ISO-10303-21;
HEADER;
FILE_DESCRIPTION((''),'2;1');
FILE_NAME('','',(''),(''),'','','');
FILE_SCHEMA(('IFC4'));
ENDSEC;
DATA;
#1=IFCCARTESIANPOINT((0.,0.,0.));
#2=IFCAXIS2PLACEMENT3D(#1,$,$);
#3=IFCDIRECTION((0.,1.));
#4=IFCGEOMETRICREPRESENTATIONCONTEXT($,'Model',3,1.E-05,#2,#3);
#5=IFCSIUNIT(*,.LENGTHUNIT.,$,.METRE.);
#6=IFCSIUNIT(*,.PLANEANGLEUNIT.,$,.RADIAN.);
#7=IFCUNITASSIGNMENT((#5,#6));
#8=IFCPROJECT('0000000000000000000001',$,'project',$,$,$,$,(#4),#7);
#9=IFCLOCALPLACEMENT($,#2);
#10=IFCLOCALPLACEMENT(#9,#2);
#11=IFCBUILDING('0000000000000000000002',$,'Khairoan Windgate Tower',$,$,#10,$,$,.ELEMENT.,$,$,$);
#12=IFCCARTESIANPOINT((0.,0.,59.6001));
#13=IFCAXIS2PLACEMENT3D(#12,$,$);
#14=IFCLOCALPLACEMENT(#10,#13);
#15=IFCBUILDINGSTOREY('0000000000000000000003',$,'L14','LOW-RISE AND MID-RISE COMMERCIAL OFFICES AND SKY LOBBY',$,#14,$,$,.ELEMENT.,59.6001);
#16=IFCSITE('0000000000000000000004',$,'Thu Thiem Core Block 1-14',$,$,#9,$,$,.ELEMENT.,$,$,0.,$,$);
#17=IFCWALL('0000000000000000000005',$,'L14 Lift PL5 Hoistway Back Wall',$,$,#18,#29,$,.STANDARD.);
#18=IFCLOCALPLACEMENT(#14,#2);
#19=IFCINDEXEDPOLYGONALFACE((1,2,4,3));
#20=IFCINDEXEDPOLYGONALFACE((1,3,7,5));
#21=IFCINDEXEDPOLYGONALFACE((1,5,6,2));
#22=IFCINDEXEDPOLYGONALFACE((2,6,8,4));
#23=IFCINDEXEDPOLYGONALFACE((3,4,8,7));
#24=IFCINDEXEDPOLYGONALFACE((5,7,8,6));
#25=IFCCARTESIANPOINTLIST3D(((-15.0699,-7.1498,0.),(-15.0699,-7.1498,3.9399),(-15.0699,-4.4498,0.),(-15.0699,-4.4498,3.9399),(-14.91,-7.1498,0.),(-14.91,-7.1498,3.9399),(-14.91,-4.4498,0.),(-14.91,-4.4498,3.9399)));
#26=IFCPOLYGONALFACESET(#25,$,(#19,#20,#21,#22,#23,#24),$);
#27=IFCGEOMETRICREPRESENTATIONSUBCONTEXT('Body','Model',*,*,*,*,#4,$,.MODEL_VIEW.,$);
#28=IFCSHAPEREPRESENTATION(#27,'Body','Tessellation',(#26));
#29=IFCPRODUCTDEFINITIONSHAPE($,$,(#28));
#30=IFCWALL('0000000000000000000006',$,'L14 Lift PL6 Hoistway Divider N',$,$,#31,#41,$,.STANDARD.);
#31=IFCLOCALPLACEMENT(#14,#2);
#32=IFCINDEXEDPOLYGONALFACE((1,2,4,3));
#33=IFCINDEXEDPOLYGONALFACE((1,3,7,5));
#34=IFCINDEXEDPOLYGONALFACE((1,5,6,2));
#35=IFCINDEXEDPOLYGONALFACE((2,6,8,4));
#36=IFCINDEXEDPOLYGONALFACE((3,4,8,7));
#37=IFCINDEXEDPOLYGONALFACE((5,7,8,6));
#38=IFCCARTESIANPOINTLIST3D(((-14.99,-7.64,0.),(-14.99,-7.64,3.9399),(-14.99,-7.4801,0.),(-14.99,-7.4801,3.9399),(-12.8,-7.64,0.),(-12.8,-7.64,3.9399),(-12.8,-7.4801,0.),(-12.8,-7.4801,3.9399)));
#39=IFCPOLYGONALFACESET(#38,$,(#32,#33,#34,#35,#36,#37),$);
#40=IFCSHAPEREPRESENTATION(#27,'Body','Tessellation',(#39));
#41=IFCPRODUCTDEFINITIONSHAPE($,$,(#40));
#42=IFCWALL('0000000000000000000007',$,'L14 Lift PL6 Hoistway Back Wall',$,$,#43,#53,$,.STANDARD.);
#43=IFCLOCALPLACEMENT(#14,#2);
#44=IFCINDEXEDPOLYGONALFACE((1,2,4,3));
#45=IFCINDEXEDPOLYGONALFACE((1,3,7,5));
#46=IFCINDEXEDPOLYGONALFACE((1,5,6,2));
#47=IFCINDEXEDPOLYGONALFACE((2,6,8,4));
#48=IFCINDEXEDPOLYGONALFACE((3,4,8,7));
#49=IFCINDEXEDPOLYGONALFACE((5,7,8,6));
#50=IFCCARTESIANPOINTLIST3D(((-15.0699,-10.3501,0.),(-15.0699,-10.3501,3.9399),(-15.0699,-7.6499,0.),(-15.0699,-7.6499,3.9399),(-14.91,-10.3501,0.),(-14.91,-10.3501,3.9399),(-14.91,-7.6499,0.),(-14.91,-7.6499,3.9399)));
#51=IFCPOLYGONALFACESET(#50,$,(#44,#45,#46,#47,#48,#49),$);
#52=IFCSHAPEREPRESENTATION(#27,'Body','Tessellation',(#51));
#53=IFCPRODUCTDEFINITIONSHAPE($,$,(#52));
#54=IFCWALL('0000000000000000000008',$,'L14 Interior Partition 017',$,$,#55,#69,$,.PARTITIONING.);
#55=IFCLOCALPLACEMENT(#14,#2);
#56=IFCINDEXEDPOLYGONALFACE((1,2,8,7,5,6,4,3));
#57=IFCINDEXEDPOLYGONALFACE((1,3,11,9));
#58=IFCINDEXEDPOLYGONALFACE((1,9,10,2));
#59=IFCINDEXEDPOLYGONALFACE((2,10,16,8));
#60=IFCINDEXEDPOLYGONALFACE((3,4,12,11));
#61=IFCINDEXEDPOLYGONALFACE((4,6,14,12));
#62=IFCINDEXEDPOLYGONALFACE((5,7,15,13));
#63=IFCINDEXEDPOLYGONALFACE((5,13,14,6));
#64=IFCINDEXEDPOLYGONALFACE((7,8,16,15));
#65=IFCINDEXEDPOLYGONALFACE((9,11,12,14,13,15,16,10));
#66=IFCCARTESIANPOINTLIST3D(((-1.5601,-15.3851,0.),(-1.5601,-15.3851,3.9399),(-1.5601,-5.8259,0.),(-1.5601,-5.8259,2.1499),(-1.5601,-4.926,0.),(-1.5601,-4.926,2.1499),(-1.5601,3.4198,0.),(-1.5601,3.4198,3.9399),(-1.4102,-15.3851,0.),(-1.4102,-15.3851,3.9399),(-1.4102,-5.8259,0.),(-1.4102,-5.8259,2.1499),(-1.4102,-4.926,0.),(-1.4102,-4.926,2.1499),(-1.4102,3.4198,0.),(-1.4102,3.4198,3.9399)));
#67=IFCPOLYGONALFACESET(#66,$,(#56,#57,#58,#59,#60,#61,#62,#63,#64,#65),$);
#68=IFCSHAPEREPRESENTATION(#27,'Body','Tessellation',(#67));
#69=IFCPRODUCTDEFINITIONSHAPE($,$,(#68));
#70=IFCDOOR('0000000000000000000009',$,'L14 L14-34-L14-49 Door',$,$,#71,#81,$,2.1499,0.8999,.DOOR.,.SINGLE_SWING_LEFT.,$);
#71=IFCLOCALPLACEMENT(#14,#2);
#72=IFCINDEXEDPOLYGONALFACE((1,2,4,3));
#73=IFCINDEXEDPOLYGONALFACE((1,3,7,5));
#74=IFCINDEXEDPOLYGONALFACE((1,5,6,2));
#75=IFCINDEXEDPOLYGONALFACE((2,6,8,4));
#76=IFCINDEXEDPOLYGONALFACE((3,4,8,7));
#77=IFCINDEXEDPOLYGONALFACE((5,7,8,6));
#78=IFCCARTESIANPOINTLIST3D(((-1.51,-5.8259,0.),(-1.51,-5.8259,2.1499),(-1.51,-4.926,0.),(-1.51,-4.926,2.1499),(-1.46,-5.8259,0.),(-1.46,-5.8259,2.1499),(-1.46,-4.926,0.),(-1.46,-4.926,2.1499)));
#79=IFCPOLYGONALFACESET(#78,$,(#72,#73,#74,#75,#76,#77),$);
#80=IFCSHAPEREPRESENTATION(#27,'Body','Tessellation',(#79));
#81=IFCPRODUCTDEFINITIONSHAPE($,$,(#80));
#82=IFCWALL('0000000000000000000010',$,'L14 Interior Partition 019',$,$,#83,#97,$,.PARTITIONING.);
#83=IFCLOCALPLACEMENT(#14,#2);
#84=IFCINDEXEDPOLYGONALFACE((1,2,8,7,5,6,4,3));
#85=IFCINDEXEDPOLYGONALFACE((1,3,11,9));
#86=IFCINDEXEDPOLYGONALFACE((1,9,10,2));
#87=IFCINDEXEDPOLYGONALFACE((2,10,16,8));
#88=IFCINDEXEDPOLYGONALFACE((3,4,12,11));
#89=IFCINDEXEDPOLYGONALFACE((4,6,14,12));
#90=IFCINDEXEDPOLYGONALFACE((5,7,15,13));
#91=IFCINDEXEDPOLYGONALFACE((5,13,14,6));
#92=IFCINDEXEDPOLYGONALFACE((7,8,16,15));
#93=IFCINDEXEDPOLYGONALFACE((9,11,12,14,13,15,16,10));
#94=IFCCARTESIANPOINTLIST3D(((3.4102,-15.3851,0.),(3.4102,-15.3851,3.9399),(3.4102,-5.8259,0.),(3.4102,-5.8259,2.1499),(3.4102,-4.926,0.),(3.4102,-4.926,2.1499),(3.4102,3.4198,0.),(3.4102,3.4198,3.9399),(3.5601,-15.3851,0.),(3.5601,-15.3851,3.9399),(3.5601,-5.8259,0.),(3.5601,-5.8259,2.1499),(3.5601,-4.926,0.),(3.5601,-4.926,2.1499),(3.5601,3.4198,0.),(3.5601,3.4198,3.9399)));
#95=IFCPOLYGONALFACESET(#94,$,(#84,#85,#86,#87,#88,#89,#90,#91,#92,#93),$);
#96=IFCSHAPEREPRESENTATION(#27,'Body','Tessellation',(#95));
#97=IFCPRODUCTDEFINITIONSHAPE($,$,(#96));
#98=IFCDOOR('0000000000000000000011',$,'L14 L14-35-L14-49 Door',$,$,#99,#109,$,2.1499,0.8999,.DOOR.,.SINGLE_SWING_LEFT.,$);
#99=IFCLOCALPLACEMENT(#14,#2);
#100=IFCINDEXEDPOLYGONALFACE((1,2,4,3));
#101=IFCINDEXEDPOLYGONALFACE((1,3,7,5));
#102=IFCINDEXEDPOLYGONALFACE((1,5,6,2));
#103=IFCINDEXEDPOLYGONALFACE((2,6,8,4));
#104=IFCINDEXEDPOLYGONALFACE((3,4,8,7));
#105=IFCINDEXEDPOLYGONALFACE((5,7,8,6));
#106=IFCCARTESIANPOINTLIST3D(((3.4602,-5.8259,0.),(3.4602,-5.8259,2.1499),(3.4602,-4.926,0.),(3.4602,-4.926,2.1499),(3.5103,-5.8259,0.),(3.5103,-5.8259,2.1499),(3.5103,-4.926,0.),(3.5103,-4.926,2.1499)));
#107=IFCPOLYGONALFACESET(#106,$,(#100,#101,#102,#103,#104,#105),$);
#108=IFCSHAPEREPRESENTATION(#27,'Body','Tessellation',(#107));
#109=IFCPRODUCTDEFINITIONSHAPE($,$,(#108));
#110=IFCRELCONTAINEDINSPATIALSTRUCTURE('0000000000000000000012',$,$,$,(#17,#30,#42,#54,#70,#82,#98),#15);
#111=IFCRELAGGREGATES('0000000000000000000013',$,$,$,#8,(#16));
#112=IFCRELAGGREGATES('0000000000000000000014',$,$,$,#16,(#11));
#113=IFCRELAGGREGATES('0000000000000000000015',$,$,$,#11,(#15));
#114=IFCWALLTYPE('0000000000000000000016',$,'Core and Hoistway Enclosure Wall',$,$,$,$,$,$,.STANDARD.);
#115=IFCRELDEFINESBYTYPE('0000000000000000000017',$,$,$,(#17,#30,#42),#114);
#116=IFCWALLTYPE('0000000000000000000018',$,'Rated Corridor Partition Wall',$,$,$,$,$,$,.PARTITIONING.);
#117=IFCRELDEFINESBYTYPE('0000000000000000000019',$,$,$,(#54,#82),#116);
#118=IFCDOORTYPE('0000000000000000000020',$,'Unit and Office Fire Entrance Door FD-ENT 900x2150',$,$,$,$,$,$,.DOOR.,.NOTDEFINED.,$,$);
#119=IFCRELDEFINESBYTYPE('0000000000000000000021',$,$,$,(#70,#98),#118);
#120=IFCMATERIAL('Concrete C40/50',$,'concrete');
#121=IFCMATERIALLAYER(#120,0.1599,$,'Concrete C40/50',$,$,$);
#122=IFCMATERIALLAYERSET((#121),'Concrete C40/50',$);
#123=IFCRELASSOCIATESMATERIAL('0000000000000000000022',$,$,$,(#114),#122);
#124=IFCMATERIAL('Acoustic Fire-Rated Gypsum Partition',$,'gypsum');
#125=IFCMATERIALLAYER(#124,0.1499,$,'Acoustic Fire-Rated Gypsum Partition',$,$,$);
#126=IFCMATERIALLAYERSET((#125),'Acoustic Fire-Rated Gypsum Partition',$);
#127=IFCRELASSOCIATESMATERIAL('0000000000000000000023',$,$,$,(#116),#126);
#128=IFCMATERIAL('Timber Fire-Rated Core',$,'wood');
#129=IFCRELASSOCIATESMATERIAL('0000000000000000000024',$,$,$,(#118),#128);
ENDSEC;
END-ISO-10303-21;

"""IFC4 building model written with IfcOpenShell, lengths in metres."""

from ifc_helpers import new_model, si_unit, direction, frame, frame_2d, origin, place, context, subcontext, project, spatial, rectangle, extrude, material, layer, layer_set, type_object, element, fill, save


model = new_model("IFC4")

# Units and contexts
model_context = context("Model", 3, precision=1e-05, world=origin(), true_north=direction((0.0, 1.0)))
body_context = subcontext(model_context, "Body", "Model", "MODEL_VIEW")
ifc_project = project(units=[si_unit("LENGTHUNIT", "METRE"), si_unit("PLANEANGLEUNIT", "RADIAN")], contexts=[model_context])

# Site, building, storey
site_placement = place(None, origin())
site = spatial("IfcSite", under=ifc_project, at=site_placement, Name="Thu Thiem Core Block 1-14", CompositionType="ELEMENT", RefElevation=0.0)
building_placement = place(site_placement, origin())
building = spatial("IfcBuilding", under=site, at=building_placement, Name="Khairoan Windgate Tower", CompositionType="ELEMENT")
storey_placement = place(building_placement, frame((0.0, 0.0, 59.6001)))
storey = spatial("IfcBuildingStorey", under=building, at=storey_placement, Name="L14", Description="LOW-RISE AND MID-RISE COMMERCIAL OFFICES AND SKY LOBBY", CompositionType="ELEMENT", Elevation=59.6001)

# Walls
ifc_material_1 = material(Name="Concrete C40/50", Category="concrete")
ifc_layer_1 = layer(ifc_material_1, 0.1599, Name="Concrete C40/50")
ifc_layer_set_1 = layer_set([ifc_layer_1], Name="Concrete C40/50")
wall_type_1 = type_object("IfcWallType", Name="Core and Hoistway Enclosure Wall", PredefinedType="STANDARD", material=ifc_layer_set_1)
wall_1_placement = place(storey_placement, frame((-14.99, -7.1499, 0.0), z_axis=(0.0, 0.0, 1.0), x_axis=(0.0, 1.0, 0.0)))
element("IfcWall", 1, at=wall_1_placement, inside=storey, type_object=wall_type_1, Name="L14 Lift PL5 Hoistway Back Wall", PredefinedType="STANDARD", context=body_context, shape_type="SweptSolid", body=[
    extrude(rectangle(XDim=2.7, YDim=0.1599, at=frame_2d((1.3501, 0.0))), origin(), (0.0, 0.0, 1.0), 3.9399),
])
wall_2_placement = place(storey_placement, frame((-14.99, -7.5601, 0.0), z_axis=(0.0, 0.0, 1.0), x_axis=(1.0, 0.0, 0.0)))
element("IfcWall", 2, at=wall_2_placement, inside=storey, type_object=wall_type_1, Name="L14 Lift PL6 Hoistway Divider N", PredefinedType="STANDARD", context=body_context, shape_type="SweptSolid", body=[
    extrude(rectangle(XDim=2.1899, YDim=0.1599, at=frame_2d((1.095, 0.0))), origin(), (0.0, 0.0, 1.0), 3.9399),
])
wall_3_placement = place(storey_placement, frame((-14.99, -10.3501, 0.0), z_axis=(0.0, 0.0, 1.0), x_axis=(0.0, 1.0, 0.0)))
element("IfcWall", 3, at=wall_3_placement, inside=storey, type_object=wall_type_1, Name="L14 Lift PL6 Hoistway Back Wall", PredefinedType="STANDARD", context=body_context, shape_type="SweptSolid", body=[
    extrude(rectangle(XDim=2.7002, YDim=0.1599, at=frame_2d((1.3501, 0.0))), origin(), (0.0, 0.0, 1.0), 3.9399),
])

# Walls, openings, doors
ifc_material_2 = material(Name="Acoustic Fire-Rated Gypsum Partition", Category="gypsum")
ifc_layer_2 = layer(ifc_material_2, 0.1499, Name="Acoustic Fire-Rated Gypsum Partition")
ifc_layer_set_2 = layer_set([ifc_layer_2], Name="Acoustic Fire-Rated Gypsum Partition")
wall_type_2 = type_object("IfcWallType", Name="Rated Corridor Partition Wall", PredefinedType="PARTITIONING", material=ifc_layer_set_2)
wall_4_placement = place(storey_placement, frame((-1.4851, -15.385, 0.0), z_axis=(0.0, 0.0, 1.0), x_axis=(0.0, 1.0, 0.0)))
wall_4 = element("IfcWall", 4, at=wall_4_placement, inside=storey, type_object=wall_type_2, Name="L14 Interior Partition 017", PredefinedType="PARTITIONING", context=body_context, shape_type="SweptSolid", body=[
    extrude(rectangle(XDim=18.8049, YDim=0.1499, at=frame_2d((9.4023, 0.0))), origin(), (0.0, 0.0, 1.0), 3.9399),
])
opening_1_placement = place(wall_4_placement, frame((9.5591, 0.0, 0.0)))
opening_1 = element("IfcOpeningElement", 5, at=opening_1_placement, cuts=wall_4, PredefinedType="OPENING", context=body_context, shape_type="SweptSolid", body=[
    extrude(rectangle(XDim=0.8999, YDim=2.1499, at=frame_2d((0.45, 1.075))), frame((0.0, 0.085, 0.0), z_axis=(0.0, -1.0, 0.0), x_axis=(1.0, 0.0, 0.0)), (0.0, 0.0, 1.0), 0.1699),
])
ifc_material_3 = material(Name="Timber Fire-Rated Core", Category="wood")
door_type_1 = type_object("IfcDoorType", Name="Unit and Office Fire Entrance Door FD-ENT 900x2150", OperationType="NOTDEFINED", PredefinedType="DOOR", material=ifc_material_3)
door_1_placement = place(opening_1_placement, origin())
door_1 = element("IfcDoor", 6, at=door_1_placement, inside=storey, type_object=door_type_1, Name="L14 L14-34-L14-49 Door", OperationType="SINGLE_SWING_LEFT", OverallHeight=2.1499, OverallWidth=0.8999, PredefinedType="DOOR", context=body_context, shape_type="SweptSolid", body=[
    extrude(rectangle(XDim=0.8999, YDim=2.1499, at=frame_2d((0.45, 1.075))), frame((0.0, 0.0249, 0.0), z_axis=(0.0, -1.0, 0.0), x_axis=(1.0, 0.0, 0.0)), (0.0, 0.0, 1.0), 0.05),
])
fill(opening_1, door_1)
wall_5_placement = place(storey_placement, frame((3.4851, -15.385, 0.0), z_axis=(0.0, 0.0, 1.0), x_axis=(0.0, 1.0, 0.0)))
wall_5 = element("IfcWall", 7, at=wall_5_placement, inside=storey, type_object=wall_type_2, Name="L14 Interior Partition 019", PredefinedType="PARTITIONING", context=body_context, shape_type="SweptSolid", body=[
    extrude(rectangle(XDim=18.8049, YDim=0.1499, at=frame_2d((9.4023, 0.0))), origin(), (0.0, 0.0, 1.0), 3.9399),
])
opening_2_placement = place(wall_5_placement, frame((9.5591, 0.0, 0.0)))
opening_2 = element("IfcOpeningElement", 8, at=opening_2_placement, cuts=wall_5, PredefinedType="OPENING", context=body_context, shape_type="SweptSolid", body=[
    extrude(rectangle(XDim=0.8999, YDim=2.1499, at=frame_2d((0.45, 1.075))), frame((0.0, 0.085, 0.0), z_axis=(0.0, -1.0, 0.0), x_axis=(1.0, 0.0, 0.0)), (0.0, 0.0, 1.0), 0.1699),
])
door_2_placement = place(opening_2_placement, origin())
door_2 = element("IfcDoor", 9, at=door_2_placement, inside=storey, type_object=door_type_1, Name="L14 L14-35-L14-49 Door", OperationType="SINGLE_SWING_LEFT", OverallHeight=2.1499, OverallWidth=0.8999, PredefinedType="DOOR", context=body_context, shape_type="SweptSolid", body=[
    extrude(rectangle(XDim=0.8999, YDim=2.1499, at=frame_2d((0.45, 1.075))), frame((0.0, 0.0249, 0.0), z_axis=(0.0, -1.0, 0.0), x_axis=(1.0, 0.0, 0.0)), (0.0, 0.0, 1.0), 0.05),
])
fill(opening_2, door_2)

save(model, "model.ifc")
